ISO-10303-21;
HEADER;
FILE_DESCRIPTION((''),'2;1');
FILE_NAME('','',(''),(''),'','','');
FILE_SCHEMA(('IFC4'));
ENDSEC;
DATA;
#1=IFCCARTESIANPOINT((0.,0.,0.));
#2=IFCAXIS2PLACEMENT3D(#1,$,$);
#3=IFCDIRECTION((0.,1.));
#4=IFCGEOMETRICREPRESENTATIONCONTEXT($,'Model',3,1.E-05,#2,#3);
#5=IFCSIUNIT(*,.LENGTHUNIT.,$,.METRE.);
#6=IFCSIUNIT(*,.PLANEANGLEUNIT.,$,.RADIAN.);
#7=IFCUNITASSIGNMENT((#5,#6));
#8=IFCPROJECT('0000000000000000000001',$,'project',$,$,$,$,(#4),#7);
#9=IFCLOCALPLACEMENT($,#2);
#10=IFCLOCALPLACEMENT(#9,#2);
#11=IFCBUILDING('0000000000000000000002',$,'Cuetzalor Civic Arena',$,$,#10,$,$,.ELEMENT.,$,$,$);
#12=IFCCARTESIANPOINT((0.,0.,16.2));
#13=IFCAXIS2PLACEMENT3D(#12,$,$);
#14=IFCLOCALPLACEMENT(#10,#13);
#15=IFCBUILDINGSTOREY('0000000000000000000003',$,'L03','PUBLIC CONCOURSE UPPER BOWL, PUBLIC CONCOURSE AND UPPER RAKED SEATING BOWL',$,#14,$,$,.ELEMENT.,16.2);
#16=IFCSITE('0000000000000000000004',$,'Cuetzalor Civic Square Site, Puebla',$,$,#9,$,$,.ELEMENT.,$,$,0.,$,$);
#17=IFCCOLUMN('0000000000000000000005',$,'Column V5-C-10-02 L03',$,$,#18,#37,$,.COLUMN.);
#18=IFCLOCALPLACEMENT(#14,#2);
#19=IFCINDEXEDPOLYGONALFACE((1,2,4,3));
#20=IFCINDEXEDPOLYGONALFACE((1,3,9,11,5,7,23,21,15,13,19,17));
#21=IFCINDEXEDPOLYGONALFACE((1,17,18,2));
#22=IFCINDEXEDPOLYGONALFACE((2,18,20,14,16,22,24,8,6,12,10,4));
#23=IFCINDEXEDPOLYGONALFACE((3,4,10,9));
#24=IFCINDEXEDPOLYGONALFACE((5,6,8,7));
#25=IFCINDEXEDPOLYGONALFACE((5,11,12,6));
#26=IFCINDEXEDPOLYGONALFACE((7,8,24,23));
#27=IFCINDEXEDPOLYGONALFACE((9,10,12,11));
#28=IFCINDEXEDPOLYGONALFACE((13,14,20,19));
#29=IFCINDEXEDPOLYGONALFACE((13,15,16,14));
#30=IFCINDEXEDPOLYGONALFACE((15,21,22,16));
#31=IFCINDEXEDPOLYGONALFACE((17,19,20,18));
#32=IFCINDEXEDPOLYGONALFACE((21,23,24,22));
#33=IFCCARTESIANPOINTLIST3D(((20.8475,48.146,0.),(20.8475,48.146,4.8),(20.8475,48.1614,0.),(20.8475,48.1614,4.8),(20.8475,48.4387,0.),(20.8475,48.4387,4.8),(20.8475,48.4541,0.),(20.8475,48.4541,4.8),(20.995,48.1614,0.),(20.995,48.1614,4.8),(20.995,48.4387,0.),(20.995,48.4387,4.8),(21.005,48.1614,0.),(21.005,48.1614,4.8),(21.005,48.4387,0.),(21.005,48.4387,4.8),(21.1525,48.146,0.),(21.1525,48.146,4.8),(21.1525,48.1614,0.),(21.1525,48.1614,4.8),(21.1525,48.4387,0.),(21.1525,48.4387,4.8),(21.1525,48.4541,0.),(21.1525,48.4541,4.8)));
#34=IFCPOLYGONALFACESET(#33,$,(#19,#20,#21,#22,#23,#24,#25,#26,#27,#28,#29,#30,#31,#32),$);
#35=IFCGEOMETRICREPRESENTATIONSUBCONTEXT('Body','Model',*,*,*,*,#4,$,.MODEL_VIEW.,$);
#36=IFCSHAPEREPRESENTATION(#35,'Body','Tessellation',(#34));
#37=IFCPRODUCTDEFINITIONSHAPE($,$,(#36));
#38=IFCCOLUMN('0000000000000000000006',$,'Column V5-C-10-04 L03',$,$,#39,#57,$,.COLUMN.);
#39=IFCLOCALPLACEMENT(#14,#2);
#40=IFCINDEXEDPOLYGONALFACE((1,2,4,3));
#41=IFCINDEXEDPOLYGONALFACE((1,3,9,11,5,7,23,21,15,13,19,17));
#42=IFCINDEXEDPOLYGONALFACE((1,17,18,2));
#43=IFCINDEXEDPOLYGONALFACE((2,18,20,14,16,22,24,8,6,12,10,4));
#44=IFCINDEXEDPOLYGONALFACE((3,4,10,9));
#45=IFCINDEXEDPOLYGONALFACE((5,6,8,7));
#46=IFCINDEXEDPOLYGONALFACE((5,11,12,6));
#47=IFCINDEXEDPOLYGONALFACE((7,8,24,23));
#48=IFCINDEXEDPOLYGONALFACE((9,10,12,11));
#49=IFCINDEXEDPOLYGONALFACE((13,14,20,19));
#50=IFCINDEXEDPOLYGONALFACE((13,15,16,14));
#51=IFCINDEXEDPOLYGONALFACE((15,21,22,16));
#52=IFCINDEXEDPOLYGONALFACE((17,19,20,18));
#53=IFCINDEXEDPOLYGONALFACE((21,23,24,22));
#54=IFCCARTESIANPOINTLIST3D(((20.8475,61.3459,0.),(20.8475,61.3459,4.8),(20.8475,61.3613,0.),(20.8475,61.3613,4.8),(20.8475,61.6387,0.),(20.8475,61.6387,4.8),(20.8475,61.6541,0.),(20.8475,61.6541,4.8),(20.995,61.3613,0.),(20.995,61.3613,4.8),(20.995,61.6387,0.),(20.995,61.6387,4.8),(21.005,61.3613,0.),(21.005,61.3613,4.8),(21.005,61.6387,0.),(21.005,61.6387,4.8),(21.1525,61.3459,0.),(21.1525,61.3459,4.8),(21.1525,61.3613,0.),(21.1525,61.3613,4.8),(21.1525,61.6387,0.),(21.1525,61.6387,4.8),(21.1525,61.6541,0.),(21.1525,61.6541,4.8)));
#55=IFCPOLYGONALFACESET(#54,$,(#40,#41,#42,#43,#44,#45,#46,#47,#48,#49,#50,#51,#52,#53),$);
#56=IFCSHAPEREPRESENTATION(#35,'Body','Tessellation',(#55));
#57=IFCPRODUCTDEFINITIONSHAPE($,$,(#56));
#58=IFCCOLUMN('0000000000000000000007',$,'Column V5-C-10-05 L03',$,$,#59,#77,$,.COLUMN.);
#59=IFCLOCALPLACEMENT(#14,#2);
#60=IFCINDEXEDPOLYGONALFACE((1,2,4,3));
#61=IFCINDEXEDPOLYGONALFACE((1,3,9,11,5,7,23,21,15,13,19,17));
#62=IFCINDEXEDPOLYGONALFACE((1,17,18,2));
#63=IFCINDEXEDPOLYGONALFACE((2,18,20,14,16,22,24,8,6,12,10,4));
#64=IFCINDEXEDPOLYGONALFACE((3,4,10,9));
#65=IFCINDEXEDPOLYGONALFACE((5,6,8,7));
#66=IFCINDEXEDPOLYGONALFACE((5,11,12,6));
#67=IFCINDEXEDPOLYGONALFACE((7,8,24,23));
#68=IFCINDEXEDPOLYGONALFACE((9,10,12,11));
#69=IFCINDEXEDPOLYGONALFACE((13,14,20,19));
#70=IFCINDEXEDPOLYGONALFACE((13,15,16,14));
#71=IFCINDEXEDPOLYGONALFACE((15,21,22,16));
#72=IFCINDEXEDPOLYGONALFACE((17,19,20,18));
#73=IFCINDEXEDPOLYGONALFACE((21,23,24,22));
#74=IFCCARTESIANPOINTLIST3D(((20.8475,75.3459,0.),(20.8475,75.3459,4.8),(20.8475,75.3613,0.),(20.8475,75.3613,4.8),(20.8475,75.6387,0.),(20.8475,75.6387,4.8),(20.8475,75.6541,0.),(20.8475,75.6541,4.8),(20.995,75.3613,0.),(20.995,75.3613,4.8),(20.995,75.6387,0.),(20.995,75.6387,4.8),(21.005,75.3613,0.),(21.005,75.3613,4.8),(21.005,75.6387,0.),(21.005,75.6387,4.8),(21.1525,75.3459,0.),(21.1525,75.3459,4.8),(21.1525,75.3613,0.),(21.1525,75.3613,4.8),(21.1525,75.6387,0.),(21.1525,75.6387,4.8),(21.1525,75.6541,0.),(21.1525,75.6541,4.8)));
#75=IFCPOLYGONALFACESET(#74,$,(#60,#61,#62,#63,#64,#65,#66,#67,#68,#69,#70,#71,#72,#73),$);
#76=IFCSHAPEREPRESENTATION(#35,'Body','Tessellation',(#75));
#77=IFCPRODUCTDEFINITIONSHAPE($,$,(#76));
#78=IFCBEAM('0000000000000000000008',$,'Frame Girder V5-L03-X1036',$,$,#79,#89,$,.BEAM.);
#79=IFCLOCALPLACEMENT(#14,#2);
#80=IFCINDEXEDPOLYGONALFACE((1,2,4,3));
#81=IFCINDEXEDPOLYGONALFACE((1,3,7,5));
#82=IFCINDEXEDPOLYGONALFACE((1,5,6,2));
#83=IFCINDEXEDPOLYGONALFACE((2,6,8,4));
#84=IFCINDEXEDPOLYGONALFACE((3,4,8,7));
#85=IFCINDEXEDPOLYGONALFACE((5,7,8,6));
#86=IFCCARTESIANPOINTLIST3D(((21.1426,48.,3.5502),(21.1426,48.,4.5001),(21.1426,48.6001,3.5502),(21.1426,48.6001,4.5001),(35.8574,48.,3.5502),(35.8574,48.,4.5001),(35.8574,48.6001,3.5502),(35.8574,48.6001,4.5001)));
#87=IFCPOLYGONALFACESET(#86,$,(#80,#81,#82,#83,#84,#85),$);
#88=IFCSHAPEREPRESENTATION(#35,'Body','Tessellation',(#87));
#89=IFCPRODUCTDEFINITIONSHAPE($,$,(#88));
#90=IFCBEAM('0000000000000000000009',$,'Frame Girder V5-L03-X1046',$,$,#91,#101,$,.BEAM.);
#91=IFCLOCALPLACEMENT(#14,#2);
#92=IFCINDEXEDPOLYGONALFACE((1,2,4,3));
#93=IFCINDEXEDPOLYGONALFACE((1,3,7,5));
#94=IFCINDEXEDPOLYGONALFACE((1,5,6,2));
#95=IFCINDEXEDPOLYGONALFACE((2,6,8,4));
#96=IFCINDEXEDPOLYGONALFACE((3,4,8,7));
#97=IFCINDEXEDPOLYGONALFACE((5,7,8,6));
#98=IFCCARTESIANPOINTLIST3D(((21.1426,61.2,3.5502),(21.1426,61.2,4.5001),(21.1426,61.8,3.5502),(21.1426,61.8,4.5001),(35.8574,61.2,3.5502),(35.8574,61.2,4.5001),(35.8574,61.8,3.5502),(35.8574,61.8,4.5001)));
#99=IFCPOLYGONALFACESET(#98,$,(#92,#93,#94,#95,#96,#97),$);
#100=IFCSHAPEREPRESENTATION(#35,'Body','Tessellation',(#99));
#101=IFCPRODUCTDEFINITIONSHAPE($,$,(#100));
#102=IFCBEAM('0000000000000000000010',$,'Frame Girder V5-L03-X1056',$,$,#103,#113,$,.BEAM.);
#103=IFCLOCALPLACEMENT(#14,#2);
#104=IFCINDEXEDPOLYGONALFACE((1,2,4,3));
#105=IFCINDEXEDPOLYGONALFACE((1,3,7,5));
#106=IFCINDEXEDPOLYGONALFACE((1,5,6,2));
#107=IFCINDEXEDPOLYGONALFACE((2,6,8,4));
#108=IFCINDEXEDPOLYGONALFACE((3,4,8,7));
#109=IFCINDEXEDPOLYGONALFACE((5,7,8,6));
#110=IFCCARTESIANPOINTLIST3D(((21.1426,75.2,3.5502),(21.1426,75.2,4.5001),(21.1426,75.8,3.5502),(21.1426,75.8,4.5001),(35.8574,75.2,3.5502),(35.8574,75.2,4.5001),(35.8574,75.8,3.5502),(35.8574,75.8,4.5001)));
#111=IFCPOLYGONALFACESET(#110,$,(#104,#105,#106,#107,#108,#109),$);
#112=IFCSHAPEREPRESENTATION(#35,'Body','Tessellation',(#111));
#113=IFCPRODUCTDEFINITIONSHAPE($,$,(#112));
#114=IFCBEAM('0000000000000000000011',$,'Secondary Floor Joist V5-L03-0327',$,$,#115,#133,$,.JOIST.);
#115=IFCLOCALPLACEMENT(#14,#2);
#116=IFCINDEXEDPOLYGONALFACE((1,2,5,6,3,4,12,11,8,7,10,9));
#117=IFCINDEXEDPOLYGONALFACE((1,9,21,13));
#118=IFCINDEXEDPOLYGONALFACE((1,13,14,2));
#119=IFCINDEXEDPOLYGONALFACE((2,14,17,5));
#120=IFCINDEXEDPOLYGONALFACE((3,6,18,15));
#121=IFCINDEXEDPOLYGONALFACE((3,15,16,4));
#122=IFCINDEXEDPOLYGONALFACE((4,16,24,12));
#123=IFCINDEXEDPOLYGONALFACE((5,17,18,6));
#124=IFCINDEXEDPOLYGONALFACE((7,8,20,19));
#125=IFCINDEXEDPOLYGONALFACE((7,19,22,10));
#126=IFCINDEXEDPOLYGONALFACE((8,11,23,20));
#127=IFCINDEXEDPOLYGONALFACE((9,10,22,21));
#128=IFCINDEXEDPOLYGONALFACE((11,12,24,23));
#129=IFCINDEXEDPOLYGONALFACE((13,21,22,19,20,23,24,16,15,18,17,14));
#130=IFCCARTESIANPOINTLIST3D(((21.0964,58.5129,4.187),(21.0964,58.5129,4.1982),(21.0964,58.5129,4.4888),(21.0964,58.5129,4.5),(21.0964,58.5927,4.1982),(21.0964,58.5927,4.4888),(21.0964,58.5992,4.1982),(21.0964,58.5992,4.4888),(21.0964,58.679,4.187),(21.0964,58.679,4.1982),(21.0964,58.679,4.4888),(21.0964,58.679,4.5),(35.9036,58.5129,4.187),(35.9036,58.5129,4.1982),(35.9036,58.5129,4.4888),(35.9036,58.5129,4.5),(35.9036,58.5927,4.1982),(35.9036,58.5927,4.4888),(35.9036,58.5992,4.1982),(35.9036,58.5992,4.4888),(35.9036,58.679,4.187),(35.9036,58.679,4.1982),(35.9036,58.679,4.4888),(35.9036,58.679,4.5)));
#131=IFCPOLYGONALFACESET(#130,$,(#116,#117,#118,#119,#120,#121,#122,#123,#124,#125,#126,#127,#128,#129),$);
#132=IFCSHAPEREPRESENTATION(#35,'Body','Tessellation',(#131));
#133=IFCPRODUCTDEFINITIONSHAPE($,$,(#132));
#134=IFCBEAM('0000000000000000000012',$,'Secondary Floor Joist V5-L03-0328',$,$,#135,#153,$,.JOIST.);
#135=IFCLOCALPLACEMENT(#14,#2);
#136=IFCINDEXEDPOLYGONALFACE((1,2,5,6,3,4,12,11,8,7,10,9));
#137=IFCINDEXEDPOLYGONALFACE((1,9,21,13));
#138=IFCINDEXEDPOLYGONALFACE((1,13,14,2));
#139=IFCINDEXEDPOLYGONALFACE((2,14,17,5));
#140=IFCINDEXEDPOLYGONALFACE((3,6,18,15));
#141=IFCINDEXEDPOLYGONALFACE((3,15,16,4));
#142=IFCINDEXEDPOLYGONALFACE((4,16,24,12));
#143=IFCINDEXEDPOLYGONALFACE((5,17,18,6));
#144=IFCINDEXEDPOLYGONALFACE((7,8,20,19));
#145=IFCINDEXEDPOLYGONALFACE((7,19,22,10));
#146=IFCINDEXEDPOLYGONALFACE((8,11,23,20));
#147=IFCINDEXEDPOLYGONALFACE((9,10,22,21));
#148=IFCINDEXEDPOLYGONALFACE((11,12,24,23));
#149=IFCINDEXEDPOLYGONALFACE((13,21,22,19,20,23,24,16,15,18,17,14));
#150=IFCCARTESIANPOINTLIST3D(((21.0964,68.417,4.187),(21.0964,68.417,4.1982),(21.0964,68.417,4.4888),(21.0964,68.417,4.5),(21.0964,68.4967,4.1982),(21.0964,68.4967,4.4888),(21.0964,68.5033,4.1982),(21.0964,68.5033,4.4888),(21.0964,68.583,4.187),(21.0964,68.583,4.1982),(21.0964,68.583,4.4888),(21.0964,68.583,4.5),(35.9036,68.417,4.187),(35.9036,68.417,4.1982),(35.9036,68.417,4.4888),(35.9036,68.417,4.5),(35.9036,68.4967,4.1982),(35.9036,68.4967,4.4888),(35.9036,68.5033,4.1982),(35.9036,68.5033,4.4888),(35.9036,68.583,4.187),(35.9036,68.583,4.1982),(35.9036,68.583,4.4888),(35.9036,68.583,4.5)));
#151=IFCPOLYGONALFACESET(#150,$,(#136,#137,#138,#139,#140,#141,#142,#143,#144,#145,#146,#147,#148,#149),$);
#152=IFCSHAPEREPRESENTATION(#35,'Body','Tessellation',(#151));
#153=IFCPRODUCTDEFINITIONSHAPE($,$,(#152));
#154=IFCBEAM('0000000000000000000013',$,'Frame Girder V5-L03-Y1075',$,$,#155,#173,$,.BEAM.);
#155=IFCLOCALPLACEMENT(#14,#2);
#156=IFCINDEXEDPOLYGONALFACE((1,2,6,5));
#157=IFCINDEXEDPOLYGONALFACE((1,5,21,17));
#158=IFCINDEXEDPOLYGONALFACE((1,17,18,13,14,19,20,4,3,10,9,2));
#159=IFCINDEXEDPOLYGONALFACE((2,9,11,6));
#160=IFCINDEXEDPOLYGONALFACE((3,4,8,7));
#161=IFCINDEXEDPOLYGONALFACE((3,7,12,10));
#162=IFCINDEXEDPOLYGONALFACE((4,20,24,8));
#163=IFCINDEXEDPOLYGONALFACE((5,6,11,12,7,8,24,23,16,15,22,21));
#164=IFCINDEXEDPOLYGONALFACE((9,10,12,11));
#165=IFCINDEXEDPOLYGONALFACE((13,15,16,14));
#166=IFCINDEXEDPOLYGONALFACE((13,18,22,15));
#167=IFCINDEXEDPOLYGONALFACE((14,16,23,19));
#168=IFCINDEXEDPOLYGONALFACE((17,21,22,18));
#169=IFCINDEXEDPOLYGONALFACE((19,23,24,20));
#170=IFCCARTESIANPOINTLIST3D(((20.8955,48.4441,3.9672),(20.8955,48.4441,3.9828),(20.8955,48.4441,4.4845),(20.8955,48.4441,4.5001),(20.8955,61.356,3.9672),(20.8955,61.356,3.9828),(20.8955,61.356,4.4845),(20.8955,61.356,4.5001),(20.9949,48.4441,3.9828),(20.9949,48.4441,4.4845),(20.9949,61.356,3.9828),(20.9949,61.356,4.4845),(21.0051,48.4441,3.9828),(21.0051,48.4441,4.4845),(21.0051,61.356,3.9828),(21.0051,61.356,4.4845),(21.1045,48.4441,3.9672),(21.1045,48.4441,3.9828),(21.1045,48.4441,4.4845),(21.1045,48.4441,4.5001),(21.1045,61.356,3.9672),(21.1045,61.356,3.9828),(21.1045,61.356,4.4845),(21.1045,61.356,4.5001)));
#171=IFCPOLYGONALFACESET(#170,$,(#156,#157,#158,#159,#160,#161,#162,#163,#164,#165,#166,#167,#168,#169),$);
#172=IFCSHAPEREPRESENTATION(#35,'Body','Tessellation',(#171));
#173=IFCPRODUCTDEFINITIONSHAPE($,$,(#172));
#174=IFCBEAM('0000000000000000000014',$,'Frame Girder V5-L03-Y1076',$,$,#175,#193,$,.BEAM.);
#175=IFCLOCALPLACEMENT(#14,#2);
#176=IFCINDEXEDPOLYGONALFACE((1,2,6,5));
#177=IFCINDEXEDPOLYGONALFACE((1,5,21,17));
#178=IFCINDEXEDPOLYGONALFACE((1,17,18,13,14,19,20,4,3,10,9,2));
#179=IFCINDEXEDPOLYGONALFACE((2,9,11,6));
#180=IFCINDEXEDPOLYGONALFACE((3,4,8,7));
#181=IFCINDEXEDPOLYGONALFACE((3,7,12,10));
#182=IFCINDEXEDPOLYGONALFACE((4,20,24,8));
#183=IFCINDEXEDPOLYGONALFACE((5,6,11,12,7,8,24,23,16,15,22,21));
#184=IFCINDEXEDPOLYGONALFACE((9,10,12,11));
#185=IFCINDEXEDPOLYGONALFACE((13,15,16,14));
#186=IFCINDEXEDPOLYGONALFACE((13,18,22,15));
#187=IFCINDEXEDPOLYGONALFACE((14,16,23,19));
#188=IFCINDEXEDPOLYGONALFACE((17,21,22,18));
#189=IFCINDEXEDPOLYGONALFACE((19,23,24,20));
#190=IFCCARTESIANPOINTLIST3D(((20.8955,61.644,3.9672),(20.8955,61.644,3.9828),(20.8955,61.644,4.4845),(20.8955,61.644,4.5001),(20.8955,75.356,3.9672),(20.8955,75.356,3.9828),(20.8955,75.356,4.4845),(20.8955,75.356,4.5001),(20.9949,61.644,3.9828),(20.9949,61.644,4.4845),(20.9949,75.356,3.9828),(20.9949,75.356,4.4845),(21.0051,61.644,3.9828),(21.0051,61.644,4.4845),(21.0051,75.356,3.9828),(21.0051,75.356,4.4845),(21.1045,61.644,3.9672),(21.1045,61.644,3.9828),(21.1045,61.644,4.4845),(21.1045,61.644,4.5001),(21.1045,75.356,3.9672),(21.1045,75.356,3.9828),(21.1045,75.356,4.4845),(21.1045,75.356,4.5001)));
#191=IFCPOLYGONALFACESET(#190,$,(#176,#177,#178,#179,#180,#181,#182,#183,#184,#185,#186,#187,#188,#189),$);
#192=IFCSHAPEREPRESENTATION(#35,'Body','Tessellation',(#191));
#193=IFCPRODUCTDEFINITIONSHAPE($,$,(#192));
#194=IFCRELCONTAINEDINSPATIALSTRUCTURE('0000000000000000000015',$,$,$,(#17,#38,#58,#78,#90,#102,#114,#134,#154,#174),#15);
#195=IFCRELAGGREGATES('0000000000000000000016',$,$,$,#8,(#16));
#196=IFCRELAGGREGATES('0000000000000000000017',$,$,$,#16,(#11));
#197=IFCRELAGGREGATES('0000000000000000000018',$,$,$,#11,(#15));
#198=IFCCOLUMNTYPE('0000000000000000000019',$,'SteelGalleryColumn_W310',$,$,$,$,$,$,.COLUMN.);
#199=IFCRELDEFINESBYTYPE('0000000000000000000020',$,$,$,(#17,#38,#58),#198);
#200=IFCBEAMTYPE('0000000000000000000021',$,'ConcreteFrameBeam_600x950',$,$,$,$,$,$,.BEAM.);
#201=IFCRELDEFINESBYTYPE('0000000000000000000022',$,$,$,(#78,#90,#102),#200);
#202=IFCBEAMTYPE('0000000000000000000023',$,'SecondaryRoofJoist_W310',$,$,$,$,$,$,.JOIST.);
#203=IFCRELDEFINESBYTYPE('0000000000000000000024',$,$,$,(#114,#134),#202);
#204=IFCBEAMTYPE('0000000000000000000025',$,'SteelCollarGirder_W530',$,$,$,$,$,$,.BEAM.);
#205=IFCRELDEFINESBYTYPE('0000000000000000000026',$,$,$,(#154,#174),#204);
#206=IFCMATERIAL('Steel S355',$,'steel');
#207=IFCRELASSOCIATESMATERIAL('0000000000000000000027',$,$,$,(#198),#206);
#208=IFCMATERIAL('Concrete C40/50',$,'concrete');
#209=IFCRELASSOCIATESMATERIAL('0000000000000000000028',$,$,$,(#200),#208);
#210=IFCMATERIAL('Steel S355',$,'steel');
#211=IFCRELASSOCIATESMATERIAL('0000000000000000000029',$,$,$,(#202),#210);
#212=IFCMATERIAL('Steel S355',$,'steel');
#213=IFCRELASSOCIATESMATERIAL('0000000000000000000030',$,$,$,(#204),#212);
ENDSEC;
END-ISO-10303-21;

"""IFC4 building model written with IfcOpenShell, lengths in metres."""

from ifc_helpers import new_model, si_unit, direction, frame, origin, origin_2d, place, context, subcontext, project, spatial, rectangle, i_section, extrude, material, material_profile, profile_set, type_object, element, save


model = new_model("IFC4")

# Units and contexts
model_context = context("Model", 3, precision=1e-05, world=origin(), true_north=direction((0.0, 1.0)))
body_context = subcontext(model_context, "Body", "Model", "MODEL_VIEW")
ifc_project = project(units=[si_unit("LENGTHUNIT", "METRE"), si_unit("PLANEANGLEUNIT", "RADIAN")], contexts=[model_context])

# Site, building, storey
site_placement = place(None, origin())
site = spatial("IfcSite", under=ifc_project, at=site_placement, Name="Cuetzalor Civic Square Site, Puebla", CompositionType="ELEMENT", RefElevation=0.0)
building_placement = place(site_placement, origin())
building = spatial("IfcBuilding", under=site, at=building_placement, Name="Cuetzalor Civic Arena", CompositionType="ELEMENT")
storey_placement = place(building_placement, frame((0.0, 0.0, 16.2)))
storey = spatial("IfcBuildingStorey", under=building, at=storey_placement, Name="L03", Description="PUBLIC CONCOURSE UPPER BOWL, PUBLIC CONCOURSE AND UPPER RAKED SEATING BOWL", CompositionType="ELEMENT", Elevation=16.2)

# Columns
ifc_material_1 = material(Name="Steel S355", Category="steel")
ifc_material_profile_1 = material_profile(ifc_material_1, i_section(OverallWidth=0.3049, OverallDepth=0.3081, WebThickness=0.01, FlangeThickness=0.0154, at=origin_2d()), Name="W310x97")
ifc_profile_set_1 = profile_set([ifc_material_profile_1], Name="Steel S355")
column_type = type_object("IfcColumnType", Name="SteelGalleryColumn_W310", PredefinedType="COLUMN", material=ifc_profile_set_1)
for number, where, z_axis, x_axis, name in (
    (1, (21.0, 48.3, 0.0), (0.0, 0.0, 1.0), (1.0, 0.0, 0.0), "Column V5-C-10-02 L03"),
    (2, (21.0, 61.5, 0.0), (0.0, 0.0, 1.0), (1.0, 0.0, 0.0), "Column V5-C-10-04 L03"),
    (3, (21.0, 75.5, 0.0), (0.0, 0.0, 1.0), (1.0, 0.0, 0.0), "Column V5-C-10-05 L03"),
):
    element("IfcColumn", number, at=place(storey_placement, frame(where, z_axis=z_axis, x_axis=x_axis)), inside=storey, type_object=column_type, Name=name, PredefinedType="COLUMN", context=body_context, shape_type="SweptSolid", body=[
        extrude(i_section(OverallWidth=0.3049, OverallDepth=0.3081, WebThickness=0.01, FlangeThickness=0.0154, at=origin_2d()), origin(), (0.0, 0.0, 1.0), 4.8),
    ])

# Beams
ifc_material_2 = material(Name="Concrete C40/50", Category="concrete")
ifc_material_profile_2 = material_profile(ifc_material_2, rectangle(XDim=0.6001, YDim=0.95, at=origin_2d()), Name="RC 600x950")
ifc_profile_set_2 = profile_set([ifc_material_profile_2], Name="Concrete C40/50")
beam_type_1 = type_object("IfcBeamType", Name="ConcreteFrameBeam_600x950", PredefinedType="BEAM", material=ifc_profile_set_2)
for number, where, z_axis, x_axis, name in (
    (4, (21.1426, 48.3, 4.0251), (1.0, 0.0, 0.0), (0.0, 1.0, 0.0), "Frame Girder V5-L03-X1036"),
    (5, (21.1426, 61.5, 4.0251), (1.0, 0.0, 0.0), (0.0, 1.0, 0.0), "Frame Girder V5-L03-X1046"),
    (6, (21.1426, 75.5, 4.0251), (1.0, 0.0, 0.0), (0.0, 1.0, 0.0), "Frame Girder V5-L03-X1056"),
):
    element("IfcBeam", number, at=place(storey_placement, frame(where, z_axis=z_axis, x_axis=x_axis)), inside=storey, type_object=beam_type_1, Name=name, PredefinedType="BEAM", context=body_context, shape_type="SweptSolid", body=[
        extrude(rectangle(XDim=0.6001, YDim=0.95, at=origin_2d()), origin(), (0.0, 0.0, 1.0), 14.7148),
    ])
ifc_material_3 = material(Name="Steel S355", Category="steel")
ifc_material_profile_3 = material_profile(ifc_material_3, i_section(OverallWidth=0.166, OverallDepth=0.313, WebThickness=0.0066, FlangeThickness=0.0112, at=origin_2d()), Name="W310x45")
ifc_profile_set_3 = profile_set([ifc_material_profile_3], Name="Steel S355")
beam_type_2 = type_object("IfcBeamType", Name="SecondaryRoofJoist_W310", PredefinedType="JOIST", material=ifc_profile_set_3)
for number, where, z_axis, x_axis, name in (
    (7, (21.0964, 58.5959, 4.3435), (1.0, 0.0, 0.0), (0.0, 1.0, 0.0), "Secondary Floor Joist V5-L03-0327"),
    (8, (21.0964, 68.5, 4.3435), (1.0, 0.0, 0.0), (0.0, 1.0, 0.0), "Secondary Floor Joist V5-L03-0328"),
):
    element("IfcBeam", number, at=place(storey_placement, frame(where, z_axis=z_axis, x_axis=x_axis)), inside=storey, type_object=beam_type_2, Name=name, PredefinedType="JOIST", context=body_context, shape_type="SweptSolid", body=[
        extrude(i_section(OverallWidth=0.166, OverallDepth=0.313, WebThickness=0.0066, FlangeThickness=0.0112, at=origin_2d()), origin(), (0.0, 0.0, 1.0), 14.8071),
    ])
ifc_material_4 = material(Name="Steel S355", Category="steel")
ifc_material_profile_4 = material_profile(ifc_material_4, i_section(OverallWidth=0.209, OverallDepth=0.533, WebThickness=0.0103, FlangeThickness=0.0156, at=origin_2d()), Name="W530x92")
ifc_profile_set_4 = profile_set([ifc_material_profile_4], Name="Steel S355")
beam_type_3 = type_object("IfcBeamType", Name="SteelCollarGirder_W530", PredefinedType="BEAM", material=ifc_profile_set_4)
beam_1_placement = place(storey_placement, frame((21.0, 48.4441, 4.2336), z_axis=(0.0, 1.0, 0.0), x_axis=(-1.0, 0.0, 0.0)))
element("IfcBeam", 9, at=beam_1_placement, inside=storey, type_object=beam_type_3, Name="Frame Girder V5-L03-Y1075", PredefinedType="BEAM", context=body_context, shape_type="SweptSolid", body=[
    extrude(i_section(OverallWidth=0.209, OverallDepth=0.533, WebThickness=0.0103, FlangeThickness=0.0156, at=origin_2d()), origin(), (0.0, 0.0, 1.0), 12.9119),
])
beam_2_placement = place(storey_placement, frame((21.0, 61.644, 4.2336), z_axis=(0.0, 1.0, 0.0), x_axis=(-1.0, 0.0, 0.0)))
element("IfcBeam", 10, at=beam_2_placement, inside=storey, type_object=beam_type_3, Name="Frame Girder V5-L03-Y1076", PredefinedType="BEAM", context=body_context, shape_type="SweptSolid", body=[
    extrude(i_section(OverallWidth=0.209, OverallDepth=0.533, WebThickness=0.0103, FlangeThickness=0.0156, at=origin_2d()), origin(), (0.0, 0.0, 1.0), 13.7119),
])

save(model, "model.ifc")
